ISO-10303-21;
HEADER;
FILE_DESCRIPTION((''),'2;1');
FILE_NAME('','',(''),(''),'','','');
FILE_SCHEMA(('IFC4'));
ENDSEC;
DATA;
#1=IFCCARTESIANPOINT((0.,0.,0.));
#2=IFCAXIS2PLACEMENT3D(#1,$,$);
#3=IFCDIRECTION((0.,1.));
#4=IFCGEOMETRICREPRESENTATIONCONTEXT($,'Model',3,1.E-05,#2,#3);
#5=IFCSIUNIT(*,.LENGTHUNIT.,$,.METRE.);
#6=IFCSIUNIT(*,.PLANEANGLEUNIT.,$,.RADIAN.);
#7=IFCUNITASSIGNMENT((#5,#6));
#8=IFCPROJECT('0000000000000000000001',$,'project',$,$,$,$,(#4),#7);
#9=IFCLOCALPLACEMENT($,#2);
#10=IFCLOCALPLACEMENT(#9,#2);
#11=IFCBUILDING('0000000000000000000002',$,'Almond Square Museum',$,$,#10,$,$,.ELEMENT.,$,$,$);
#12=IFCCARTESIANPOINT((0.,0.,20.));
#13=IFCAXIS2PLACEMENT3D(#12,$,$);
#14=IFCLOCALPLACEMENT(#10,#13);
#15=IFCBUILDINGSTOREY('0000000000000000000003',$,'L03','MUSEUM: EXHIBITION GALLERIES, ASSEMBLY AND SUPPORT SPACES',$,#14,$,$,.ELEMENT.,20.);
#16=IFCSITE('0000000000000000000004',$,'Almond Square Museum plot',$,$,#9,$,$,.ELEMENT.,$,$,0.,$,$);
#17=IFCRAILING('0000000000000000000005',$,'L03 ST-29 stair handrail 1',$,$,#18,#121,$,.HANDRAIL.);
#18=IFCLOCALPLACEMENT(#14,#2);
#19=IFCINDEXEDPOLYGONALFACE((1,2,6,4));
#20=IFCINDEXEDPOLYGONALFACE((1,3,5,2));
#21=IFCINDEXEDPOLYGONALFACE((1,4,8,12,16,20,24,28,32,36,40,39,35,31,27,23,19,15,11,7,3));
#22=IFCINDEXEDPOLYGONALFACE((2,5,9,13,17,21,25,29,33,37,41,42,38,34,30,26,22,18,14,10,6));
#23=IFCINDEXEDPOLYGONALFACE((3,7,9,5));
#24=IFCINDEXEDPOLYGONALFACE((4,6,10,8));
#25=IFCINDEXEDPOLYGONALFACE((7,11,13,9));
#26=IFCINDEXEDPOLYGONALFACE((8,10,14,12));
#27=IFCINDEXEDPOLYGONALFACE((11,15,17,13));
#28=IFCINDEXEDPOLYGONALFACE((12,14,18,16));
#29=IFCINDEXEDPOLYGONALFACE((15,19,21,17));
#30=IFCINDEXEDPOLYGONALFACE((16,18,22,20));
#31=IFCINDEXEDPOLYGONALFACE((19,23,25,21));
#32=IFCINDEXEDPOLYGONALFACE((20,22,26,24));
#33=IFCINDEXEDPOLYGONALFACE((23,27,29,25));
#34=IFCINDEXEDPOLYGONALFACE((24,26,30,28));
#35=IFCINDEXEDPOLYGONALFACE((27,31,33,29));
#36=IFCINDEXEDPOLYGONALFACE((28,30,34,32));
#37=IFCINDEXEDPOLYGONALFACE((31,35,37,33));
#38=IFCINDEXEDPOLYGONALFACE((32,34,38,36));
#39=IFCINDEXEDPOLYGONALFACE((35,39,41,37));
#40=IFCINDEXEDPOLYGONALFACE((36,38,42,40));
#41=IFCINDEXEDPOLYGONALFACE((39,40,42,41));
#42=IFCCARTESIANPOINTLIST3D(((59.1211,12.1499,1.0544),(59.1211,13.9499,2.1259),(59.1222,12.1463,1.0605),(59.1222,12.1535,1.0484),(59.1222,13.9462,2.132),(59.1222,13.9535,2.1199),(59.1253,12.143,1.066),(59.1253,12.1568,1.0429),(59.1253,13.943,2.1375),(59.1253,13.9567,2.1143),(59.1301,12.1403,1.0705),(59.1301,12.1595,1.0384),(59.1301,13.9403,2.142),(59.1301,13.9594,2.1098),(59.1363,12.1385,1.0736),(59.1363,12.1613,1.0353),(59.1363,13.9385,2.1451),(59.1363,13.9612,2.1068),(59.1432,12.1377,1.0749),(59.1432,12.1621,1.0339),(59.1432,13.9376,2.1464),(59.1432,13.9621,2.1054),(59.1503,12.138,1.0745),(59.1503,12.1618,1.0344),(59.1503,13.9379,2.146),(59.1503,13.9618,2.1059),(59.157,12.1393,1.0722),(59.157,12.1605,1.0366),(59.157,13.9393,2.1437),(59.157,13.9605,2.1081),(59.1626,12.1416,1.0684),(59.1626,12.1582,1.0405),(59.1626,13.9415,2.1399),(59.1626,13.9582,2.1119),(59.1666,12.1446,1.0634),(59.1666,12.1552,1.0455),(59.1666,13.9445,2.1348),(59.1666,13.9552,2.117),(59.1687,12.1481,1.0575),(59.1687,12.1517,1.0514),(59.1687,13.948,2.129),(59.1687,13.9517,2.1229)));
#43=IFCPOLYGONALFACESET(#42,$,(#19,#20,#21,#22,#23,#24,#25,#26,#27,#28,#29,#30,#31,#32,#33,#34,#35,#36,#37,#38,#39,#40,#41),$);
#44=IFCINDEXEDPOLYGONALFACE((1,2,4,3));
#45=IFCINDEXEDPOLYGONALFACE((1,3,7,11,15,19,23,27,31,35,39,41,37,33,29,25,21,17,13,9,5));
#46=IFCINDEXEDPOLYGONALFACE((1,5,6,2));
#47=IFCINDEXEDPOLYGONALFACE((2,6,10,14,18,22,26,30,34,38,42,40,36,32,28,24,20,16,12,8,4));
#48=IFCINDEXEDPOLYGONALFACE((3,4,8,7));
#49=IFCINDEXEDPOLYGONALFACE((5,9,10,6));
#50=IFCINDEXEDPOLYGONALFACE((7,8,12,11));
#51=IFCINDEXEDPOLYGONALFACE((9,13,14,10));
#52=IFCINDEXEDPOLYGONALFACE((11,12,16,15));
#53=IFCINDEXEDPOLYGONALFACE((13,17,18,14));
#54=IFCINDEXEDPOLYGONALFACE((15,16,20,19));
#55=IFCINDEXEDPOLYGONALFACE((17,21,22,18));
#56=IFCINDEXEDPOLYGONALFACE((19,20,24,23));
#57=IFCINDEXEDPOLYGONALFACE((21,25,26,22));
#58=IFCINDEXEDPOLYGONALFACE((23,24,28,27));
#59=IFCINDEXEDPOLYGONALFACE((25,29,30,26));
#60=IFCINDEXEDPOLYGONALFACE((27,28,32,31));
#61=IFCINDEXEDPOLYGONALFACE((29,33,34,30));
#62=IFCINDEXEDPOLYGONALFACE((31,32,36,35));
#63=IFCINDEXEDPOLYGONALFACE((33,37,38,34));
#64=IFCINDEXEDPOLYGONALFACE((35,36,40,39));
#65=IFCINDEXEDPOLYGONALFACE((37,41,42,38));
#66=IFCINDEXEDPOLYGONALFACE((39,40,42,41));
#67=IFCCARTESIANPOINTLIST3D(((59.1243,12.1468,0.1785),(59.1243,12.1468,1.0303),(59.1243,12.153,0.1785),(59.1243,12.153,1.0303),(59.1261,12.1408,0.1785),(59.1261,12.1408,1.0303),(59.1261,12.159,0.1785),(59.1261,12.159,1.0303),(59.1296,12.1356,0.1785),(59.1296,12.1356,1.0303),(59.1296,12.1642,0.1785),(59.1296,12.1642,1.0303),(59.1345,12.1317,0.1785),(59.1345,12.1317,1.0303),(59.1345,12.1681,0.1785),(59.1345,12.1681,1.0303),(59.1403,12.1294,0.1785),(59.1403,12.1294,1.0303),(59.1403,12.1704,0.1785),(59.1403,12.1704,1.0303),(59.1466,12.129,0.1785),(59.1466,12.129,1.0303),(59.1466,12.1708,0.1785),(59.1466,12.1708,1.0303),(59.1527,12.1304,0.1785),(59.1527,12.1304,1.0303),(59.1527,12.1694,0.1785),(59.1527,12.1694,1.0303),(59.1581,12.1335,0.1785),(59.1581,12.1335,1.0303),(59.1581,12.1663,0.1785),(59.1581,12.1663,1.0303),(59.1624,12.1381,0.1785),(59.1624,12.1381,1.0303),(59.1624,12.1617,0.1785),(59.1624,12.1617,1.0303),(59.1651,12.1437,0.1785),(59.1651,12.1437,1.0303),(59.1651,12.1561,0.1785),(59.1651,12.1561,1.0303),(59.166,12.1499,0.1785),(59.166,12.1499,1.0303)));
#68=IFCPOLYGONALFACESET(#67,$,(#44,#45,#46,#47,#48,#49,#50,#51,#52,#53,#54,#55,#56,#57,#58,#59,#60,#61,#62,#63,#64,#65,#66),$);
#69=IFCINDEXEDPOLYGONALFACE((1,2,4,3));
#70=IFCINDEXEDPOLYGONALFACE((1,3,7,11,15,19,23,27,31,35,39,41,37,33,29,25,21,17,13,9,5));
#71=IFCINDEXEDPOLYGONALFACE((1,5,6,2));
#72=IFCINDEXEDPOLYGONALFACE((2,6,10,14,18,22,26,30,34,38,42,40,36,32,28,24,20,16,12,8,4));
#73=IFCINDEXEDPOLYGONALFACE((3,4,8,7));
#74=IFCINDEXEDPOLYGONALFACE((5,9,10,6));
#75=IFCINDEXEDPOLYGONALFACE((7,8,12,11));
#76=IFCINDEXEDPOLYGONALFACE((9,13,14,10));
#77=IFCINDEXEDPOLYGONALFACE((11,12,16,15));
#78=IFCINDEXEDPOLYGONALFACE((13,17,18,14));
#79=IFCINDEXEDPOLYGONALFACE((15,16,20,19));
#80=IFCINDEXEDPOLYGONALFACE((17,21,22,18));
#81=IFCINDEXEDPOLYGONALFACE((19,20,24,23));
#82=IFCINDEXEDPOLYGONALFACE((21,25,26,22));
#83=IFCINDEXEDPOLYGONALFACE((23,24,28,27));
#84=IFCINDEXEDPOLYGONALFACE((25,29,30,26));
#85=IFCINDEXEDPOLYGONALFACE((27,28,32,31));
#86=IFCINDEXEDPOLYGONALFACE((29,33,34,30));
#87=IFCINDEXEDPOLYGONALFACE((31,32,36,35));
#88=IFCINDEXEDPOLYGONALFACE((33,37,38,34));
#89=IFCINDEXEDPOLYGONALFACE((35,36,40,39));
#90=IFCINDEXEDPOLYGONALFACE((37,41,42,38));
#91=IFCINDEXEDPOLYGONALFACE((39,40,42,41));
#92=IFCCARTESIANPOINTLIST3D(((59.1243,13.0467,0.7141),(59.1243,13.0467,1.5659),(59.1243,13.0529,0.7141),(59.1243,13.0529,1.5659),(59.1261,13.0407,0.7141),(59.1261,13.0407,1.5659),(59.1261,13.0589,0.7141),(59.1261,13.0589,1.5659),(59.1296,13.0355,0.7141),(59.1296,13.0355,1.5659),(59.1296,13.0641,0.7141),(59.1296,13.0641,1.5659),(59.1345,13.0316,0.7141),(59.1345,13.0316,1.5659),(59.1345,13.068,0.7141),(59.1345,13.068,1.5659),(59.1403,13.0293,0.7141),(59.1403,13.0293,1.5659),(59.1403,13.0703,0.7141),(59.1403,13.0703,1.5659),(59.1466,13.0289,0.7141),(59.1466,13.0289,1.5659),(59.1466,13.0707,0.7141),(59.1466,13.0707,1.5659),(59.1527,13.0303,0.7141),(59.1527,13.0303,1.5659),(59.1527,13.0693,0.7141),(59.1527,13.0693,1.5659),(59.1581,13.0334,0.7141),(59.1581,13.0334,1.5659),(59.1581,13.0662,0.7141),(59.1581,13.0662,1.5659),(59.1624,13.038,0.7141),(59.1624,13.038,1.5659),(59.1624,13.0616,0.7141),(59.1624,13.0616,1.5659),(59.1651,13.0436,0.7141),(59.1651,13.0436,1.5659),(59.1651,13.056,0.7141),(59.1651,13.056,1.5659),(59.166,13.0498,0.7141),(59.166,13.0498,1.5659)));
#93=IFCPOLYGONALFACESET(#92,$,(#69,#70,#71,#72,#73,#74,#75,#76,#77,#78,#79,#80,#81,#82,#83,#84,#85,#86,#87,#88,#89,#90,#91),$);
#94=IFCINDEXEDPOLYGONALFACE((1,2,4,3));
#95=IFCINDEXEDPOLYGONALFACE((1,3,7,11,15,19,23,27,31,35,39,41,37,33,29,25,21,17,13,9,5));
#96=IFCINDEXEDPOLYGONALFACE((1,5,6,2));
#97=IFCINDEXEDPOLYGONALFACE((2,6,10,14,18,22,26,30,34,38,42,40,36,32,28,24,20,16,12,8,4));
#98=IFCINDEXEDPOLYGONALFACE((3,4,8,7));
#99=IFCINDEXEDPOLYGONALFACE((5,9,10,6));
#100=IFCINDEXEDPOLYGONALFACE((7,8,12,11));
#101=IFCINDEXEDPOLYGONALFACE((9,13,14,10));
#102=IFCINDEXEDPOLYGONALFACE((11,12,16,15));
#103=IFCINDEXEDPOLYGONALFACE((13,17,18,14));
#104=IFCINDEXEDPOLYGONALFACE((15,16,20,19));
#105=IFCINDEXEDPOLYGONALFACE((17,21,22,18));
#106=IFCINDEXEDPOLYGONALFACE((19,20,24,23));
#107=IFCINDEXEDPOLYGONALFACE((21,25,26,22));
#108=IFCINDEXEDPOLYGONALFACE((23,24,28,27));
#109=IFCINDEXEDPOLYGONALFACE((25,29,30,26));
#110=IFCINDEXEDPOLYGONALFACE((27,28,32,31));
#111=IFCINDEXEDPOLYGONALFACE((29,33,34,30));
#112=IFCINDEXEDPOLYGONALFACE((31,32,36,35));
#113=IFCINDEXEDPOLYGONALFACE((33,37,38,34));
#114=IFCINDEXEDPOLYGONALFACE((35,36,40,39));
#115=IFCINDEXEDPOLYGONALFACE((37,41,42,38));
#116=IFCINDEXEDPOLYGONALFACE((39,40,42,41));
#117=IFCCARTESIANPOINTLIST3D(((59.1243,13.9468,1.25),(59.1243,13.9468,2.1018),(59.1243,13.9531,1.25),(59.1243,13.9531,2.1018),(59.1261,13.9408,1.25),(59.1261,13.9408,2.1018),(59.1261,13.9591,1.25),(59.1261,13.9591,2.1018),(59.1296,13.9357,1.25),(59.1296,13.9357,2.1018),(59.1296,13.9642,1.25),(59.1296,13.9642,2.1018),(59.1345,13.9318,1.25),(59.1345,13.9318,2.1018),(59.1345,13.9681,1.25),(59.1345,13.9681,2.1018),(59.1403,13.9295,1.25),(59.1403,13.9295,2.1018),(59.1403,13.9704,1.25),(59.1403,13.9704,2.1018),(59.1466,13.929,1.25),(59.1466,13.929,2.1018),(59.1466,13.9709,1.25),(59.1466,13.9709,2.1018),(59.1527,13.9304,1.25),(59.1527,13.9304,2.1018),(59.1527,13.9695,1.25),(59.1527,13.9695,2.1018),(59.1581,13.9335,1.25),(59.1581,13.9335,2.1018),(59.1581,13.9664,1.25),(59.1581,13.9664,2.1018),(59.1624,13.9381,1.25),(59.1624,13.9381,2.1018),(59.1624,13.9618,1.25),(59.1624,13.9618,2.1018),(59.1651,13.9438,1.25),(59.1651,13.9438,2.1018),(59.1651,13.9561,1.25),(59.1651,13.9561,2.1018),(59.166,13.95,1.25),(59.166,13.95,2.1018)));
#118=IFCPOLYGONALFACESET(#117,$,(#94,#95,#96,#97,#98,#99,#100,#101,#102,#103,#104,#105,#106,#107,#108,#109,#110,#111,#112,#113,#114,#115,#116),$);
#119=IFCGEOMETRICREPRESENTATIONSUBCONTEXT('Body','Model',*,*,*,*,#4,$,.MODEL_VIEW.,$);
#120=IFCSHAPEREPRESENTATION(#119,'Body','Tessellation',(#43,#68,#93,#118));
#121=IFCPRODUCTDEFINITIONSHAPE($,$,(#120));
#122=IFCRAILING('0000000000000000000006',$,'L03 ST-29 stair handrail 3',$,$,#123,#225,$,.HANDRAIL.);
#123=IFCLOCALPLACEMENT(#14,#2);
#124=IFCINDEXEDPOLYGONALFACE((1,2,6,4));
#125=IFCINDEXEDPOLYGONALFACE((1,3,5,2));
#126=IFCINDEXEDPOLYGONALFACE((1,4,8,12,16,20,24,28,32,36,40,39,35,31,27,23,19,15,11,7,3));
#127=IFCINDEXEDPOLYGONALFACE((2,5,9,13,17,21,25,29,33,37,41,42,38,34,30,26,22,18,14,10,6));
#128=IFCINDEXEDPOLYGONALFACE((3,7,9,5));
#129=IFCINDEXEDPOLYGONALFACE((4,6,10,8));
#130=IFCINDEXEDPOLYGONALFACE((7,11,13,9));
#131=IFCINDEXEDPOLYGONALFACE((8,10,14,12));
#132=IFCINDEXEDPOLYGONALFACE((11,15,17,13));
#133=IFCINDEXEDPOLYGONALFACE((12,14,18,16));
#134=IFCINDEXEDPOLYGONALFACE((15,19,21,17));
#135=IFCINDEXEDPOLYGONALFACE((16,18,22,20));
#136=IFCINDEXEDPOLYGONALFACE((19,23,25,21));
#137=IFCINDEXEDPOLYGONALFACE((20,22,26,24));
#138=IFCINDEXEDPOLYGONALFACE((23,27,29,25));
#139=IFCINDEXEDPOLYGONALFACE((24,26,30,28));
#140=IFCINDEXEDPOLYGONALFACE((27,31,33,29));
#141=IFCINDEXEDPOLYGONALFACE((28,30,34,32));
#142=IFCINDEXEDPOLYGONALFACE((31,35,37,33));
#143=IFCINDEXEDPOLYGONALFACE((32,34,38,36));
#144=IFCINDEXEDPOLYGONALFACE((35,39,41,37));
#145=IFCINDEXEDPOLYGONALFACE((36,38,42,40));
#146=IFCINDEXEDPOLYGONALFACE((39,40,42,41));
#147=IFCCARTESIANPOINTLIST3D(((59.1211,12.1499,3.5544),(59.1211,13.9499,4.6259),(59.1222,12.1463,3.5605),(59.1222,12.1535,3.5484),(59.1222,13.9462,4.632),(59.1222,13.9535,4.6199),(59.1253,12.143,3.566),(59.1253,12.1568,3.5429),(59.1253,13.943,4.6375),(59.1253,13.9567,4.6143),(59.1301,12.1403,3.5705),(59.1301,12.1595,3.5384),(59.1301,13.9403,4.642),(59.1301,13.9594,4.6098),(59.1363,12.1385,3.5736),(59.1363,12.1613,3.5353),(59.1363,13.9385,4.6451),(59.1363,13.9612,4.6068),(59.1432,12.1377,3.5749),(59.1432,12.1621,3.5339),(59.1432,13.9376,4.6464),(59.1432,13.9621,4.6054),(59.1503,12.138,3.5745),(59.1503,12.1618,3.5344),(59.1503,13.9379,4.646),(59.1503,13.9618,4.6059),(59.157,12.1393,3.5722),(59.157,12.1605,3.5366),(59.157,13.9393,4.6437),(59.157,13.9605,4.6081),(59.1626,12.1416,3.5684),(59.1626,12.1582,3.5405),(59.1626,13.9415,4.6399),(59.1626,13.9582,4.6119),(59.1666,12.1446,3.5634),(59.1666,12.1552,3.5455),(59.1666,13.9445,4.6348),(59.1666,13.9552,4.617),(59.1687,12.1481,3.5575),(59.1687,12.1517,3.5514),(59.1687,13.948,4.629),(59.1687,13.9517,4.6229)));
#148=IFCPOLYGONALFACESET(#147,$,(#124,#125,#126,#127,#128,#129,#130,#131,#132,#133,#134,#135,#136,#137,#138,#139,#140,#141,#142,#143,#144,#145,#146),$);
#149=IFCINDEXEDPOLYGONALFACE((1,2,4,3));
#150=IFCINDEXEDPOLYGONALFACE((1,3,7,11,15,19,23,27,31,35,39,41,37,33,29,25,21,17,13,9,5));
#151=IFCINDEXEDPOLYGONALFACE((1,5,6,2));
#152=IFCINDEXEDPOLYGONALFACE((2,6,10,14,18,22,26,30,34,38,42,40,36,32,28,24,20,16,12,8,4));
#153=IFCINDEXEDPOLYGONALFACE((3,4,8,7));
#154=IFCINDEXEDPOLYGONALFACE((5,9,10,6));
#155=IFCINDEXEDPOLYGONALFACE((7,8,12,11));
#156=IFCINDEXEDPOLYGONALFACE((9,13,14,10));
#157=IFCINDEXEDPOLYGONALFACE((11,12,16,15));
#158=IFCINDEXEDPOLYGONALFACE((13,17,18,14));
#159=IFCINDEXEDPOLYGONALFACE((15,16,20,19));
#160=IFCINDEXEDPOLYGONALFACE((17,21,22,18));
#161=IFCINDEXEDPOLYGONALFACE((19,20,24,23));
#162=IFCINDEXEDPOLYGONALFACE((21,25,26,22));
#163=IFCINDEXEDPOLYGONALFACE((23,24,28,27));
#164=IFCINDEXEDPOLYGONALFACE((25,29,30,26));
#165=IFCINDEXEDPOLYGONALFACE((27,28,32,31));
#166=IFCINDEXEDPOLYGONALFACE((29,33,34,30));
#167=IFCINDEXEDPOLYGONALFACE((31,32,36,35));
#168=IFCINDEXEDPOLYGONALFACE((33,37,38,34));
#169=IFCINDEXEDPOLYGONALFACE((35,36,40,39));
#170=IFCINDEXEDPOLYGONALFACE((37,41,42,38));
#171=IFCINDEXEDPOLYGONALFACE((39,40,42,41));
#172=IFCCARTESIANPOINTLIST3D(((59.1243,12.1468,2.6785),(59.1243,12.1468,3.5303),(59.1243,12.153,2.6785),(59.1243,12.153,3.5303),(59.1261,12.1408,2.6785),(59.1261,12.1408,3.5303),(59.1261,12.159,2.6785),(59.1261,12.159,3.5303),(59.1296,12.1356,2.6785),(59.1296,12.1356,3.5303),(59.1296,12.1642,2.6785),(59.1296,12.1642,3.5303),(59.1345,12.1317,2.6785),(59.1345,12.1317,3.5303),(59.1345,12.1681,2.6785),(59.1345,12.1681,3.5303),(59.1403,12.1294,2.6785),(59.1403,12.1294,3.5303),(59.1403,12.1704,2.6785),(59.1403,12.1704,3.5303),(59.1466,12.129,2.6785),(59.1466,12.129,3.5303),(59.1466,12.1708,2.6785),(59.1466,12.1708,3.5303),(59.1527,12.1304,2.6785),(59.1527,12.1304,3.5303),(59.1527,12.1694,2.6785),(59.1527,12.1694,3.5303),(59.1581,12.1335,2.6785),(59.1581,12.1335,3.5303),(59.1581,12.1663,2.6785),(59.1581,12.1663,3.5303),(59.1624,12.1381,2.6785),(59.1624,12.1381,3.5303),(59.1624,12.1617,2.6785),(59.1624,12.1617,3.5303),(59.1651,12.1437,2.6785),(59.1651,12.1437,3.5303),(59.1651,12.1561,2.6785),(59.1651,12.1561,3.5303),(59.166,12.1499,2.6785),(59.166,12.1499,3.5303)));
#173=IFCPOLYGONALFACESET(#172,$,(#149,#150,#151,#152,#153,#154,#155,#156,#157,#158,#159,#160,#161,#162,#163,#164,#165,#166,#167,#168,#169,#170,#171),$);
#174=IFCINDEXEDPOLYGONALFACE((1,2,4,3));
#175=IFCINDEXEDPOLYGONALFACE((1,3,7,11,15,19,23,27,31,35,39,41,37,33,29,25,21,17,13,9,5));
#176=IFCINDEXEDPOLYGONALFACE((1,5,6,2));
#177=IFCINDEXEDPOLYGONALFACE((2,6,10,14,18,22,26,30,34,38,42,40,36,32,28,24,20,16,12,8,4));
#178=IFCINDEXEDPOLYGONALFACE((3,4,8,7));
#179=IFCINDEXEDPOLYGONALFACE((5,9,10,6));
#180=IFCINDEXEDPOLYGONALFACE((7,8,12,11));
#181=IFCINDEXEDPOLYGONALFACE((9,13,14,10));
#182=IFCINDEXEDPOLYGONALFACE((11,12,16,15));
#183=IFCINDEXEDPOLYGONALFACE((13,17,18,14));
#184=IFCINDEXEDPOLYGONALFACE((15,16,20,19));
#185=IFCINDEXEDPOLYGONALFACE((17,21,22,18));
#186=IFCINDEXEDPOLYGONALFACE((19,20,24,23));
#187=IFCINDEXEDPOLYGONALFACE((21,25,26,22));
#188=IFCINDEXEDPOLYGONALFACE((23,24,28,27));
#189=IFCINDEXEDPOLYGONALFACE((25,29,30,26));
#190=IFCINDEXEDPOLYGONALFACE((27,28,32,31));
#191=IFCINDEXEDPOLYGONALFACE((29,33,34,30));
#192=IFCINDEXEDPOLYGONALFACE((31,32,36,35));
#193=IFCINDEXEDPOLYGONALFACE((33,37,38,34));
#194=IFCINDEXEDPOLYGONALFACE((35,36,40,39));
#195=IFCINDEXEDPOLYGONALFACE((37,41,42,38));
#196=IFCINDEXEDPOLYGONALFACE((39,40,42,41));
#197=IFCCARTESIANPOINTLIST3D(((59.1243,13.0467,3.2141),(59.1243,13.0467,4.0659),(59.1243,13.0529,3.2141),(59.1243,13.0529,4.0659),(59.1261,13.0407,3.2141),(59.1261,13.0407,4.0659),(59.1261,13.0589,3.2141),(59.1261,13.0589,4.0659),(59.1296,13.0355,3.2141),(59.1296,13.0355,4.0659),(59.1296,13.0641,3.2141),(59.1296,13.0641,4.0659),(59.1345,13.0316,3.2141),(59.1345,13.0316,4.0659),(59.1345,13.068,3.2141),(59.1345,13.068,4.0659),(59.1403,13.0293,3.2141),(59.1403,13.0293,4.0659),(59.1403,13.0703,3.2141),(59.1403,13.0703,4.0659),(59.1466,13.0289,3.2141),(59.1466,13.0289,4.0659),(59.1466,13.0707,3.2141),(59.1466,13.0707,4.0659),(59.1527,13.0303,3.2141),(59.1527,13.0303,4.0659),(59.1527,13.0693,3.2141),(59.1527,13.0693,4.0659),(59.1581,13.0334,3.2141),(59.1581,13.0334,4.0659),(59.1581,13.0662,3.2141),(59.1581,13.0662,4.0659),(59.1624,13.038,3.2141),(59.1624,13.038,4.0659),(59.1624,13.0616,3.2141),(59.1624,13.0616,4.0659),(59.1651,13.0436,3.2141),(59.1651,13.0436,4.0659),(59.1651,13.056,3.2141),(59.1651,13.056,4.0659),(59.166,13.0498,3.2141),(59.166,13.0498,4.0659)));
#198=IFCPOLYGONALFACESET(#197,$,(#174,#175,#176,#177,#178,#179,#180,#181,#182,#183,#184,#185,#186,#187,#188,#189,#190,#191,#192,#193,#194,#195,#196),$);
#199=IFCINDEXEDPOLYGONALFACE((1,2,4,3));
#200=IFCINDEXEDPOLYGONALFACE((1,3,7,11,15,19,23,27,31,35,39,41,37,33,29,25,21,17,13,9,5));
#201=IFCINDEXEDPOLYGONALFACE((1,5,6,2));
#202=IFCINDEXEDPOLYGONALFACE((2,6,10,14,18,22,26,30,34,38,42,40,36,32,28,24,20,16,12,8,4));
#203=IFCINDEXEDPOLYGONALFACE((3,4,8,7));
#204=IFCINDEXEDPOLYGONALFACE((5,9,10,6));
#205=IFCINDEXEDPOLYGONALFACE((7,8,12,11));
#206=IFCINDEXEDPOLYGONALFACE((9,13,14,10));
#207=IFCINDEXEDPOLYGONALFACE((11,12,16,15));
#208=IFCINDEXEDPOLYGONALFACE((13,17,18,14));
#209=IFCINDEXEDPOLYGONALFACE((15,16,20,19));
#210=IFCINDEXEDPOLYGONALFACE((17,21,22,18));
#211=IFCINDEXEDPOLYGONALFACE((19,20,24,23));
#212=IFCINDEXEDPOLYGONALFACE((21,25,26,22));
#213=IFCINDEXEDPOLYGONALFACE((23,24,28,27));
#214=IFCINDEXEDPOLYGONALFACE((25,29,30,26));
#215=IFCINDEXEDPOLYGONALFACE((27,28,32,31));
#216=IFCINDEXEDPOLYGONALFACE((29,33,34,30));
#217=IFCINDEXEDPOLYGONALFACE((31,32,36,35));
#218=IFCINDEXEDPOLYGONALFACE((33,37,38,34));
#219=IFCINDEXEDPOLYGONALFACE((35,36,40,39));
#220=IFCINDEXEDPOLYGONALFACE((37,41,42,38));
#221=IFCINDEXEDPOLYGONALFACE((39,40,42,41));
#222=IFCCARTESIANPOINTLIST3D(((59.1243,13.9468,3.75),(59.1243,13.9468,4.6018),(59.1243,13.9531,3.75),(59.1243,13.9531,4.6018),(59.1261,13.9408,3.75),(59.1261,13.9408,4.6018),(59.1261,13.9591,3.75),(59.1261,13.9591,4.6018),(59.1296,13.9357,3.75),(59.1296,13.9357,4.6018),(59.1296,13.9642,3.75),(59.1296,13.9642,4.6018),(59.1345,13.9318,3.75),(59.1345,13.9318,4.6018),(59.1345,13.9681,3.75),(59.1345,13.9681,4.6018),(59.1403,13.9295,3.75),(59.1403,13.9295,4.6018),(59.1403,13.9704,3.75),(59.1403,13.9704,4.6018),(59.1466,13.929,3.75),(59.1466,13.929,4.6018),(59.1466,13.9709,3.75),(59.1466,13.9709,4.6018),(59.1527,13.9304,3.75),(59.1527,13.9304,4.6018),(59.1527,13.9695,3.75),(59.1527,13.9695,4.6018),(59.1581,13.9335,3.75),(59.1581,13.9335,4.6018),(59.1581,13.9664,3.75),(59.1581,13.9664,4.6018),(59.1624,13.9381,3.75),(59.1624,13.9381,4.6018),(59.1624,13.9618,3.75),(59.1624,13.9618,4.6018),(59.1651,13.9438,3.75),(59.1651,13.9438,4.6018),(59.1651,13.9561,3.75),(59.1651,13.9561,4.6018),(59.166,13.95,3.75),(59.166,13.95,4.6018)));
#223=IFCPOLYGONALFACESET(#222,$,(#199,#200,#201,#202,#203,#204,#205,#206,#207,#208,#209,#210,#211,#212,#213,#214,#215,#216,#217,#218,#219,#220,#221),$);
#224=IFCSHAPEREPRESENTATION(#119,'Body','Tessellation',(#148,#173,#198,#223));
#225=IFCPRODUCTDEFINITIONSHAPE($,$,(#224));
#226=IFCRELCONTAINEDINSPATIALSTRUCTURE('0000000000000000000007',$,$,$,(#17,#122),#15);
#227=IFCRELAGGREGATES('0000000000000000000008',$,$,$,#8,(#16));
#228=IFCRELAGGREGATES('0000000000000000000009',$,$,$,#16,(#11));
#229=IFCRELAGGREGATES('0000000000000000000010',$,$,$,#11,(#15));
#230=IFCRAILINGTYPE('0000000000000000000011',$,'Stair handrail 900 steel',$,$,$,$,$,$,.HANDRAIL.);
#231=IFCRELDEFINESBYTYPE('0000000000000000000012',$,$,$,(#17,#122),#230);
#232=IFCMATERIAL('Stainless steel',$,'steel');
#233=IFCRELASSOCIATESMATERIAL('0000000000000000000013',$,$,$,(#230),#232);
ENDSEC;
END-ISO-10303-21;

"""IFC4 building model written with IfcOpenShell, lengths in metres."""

from ifc_helpers import new_model, si_unit, direction, frame, origin, origin_2d, place, context, subcontext, project, spatial, circle, extrude, material, type_object, element, save


model = new_model("IFC4")

# Units and contexts
model_context = context("Model", 3, precision=1e-05, world=origin(), true_north=direction((0.0, 1.0)))
body_context = subcontext(model_context, "Body", "Model", "MODEL_VIEW")
ifc_project = project(units=[si_unit("LENGTHUNIT", "METRE"), si_unit("PLANEANGLEUNIT", "RADIAN")], contexts=[model_context])

# Site, building, storey
site_placement = place(None, origin())
site = spatial("IfcSite", under=ifc_project, at=site_placement, Name="Almond Square Museum plot", CompositionType="ELEMENT", RefElevation=0.0)
building_placement = place(site_placement, origin())
building = spatial("IfcBuilding", under=site, at=building_placement, Name="Almond Square Museum", CompositionType="ELEMENT")
storey_placement = place(building_placement, frame((0.0, 0.0, 20.0)))
storey = spatial("IfcBuildingStorey", under=building, at=storey_placement, Name="L03", Description="MUSEUM: EXHIBITION GALLERIES, ASSEMBLY AND SUPPORT SPACES", CompositionType="ELEMENT", Elevation=20.0)

# Railings
ifc_material_1 = material(Name="Stainless steel", Category="steel")
railing_type_1 = type_object("IfcRailingType", Name="Stair handrail 900 steel", PredefinedType="HANDRAIL", material=ifc_material_1)
for number, where, name in (
    (1, (59.145, 12.1499, 0.1785), "L03 ST-29 stair handrail 1"),
    (2, (59.145, 12.1499, 2.6785), "L03 ST-29 stair handrail 3"),
):
    element("IfcRailing", number, at=place(storey_placement, frame(where)), inside=storey, type_object=railing_type_1, Name=name, PredefinedType="HANDRAIL", context=body_context, shape_type="SweptSolid", body=[
        extrude(circle(Radius=0.0239, at=origin_2d()), frame((0.0, 0.0, 0.876), z_axis=(0.0, 0.859277, 0.51151), x_axis=(-1.0, 0.0, 0.0)), (0.0, 0.0, 1.0), 2.0947),
        extrude(circle(Radius=0.021, at=origin_2d()), origin(), (0.0, 0.0, 1.0), 0.8518),
        extrude(circle(Radius=0.021, at=origin_2d()), frame((0.0, 0.8999, 0.5356)), (0.0, 0.0, 1.0), 0.8518),
        extrude(circle(Radius=0.021, at=origin_2d()), frame((0.0, 1.8, 1.0715)), (0.0, 0.0, 1.0), 0.8518),
    ])

save(model, "model.ifc")
